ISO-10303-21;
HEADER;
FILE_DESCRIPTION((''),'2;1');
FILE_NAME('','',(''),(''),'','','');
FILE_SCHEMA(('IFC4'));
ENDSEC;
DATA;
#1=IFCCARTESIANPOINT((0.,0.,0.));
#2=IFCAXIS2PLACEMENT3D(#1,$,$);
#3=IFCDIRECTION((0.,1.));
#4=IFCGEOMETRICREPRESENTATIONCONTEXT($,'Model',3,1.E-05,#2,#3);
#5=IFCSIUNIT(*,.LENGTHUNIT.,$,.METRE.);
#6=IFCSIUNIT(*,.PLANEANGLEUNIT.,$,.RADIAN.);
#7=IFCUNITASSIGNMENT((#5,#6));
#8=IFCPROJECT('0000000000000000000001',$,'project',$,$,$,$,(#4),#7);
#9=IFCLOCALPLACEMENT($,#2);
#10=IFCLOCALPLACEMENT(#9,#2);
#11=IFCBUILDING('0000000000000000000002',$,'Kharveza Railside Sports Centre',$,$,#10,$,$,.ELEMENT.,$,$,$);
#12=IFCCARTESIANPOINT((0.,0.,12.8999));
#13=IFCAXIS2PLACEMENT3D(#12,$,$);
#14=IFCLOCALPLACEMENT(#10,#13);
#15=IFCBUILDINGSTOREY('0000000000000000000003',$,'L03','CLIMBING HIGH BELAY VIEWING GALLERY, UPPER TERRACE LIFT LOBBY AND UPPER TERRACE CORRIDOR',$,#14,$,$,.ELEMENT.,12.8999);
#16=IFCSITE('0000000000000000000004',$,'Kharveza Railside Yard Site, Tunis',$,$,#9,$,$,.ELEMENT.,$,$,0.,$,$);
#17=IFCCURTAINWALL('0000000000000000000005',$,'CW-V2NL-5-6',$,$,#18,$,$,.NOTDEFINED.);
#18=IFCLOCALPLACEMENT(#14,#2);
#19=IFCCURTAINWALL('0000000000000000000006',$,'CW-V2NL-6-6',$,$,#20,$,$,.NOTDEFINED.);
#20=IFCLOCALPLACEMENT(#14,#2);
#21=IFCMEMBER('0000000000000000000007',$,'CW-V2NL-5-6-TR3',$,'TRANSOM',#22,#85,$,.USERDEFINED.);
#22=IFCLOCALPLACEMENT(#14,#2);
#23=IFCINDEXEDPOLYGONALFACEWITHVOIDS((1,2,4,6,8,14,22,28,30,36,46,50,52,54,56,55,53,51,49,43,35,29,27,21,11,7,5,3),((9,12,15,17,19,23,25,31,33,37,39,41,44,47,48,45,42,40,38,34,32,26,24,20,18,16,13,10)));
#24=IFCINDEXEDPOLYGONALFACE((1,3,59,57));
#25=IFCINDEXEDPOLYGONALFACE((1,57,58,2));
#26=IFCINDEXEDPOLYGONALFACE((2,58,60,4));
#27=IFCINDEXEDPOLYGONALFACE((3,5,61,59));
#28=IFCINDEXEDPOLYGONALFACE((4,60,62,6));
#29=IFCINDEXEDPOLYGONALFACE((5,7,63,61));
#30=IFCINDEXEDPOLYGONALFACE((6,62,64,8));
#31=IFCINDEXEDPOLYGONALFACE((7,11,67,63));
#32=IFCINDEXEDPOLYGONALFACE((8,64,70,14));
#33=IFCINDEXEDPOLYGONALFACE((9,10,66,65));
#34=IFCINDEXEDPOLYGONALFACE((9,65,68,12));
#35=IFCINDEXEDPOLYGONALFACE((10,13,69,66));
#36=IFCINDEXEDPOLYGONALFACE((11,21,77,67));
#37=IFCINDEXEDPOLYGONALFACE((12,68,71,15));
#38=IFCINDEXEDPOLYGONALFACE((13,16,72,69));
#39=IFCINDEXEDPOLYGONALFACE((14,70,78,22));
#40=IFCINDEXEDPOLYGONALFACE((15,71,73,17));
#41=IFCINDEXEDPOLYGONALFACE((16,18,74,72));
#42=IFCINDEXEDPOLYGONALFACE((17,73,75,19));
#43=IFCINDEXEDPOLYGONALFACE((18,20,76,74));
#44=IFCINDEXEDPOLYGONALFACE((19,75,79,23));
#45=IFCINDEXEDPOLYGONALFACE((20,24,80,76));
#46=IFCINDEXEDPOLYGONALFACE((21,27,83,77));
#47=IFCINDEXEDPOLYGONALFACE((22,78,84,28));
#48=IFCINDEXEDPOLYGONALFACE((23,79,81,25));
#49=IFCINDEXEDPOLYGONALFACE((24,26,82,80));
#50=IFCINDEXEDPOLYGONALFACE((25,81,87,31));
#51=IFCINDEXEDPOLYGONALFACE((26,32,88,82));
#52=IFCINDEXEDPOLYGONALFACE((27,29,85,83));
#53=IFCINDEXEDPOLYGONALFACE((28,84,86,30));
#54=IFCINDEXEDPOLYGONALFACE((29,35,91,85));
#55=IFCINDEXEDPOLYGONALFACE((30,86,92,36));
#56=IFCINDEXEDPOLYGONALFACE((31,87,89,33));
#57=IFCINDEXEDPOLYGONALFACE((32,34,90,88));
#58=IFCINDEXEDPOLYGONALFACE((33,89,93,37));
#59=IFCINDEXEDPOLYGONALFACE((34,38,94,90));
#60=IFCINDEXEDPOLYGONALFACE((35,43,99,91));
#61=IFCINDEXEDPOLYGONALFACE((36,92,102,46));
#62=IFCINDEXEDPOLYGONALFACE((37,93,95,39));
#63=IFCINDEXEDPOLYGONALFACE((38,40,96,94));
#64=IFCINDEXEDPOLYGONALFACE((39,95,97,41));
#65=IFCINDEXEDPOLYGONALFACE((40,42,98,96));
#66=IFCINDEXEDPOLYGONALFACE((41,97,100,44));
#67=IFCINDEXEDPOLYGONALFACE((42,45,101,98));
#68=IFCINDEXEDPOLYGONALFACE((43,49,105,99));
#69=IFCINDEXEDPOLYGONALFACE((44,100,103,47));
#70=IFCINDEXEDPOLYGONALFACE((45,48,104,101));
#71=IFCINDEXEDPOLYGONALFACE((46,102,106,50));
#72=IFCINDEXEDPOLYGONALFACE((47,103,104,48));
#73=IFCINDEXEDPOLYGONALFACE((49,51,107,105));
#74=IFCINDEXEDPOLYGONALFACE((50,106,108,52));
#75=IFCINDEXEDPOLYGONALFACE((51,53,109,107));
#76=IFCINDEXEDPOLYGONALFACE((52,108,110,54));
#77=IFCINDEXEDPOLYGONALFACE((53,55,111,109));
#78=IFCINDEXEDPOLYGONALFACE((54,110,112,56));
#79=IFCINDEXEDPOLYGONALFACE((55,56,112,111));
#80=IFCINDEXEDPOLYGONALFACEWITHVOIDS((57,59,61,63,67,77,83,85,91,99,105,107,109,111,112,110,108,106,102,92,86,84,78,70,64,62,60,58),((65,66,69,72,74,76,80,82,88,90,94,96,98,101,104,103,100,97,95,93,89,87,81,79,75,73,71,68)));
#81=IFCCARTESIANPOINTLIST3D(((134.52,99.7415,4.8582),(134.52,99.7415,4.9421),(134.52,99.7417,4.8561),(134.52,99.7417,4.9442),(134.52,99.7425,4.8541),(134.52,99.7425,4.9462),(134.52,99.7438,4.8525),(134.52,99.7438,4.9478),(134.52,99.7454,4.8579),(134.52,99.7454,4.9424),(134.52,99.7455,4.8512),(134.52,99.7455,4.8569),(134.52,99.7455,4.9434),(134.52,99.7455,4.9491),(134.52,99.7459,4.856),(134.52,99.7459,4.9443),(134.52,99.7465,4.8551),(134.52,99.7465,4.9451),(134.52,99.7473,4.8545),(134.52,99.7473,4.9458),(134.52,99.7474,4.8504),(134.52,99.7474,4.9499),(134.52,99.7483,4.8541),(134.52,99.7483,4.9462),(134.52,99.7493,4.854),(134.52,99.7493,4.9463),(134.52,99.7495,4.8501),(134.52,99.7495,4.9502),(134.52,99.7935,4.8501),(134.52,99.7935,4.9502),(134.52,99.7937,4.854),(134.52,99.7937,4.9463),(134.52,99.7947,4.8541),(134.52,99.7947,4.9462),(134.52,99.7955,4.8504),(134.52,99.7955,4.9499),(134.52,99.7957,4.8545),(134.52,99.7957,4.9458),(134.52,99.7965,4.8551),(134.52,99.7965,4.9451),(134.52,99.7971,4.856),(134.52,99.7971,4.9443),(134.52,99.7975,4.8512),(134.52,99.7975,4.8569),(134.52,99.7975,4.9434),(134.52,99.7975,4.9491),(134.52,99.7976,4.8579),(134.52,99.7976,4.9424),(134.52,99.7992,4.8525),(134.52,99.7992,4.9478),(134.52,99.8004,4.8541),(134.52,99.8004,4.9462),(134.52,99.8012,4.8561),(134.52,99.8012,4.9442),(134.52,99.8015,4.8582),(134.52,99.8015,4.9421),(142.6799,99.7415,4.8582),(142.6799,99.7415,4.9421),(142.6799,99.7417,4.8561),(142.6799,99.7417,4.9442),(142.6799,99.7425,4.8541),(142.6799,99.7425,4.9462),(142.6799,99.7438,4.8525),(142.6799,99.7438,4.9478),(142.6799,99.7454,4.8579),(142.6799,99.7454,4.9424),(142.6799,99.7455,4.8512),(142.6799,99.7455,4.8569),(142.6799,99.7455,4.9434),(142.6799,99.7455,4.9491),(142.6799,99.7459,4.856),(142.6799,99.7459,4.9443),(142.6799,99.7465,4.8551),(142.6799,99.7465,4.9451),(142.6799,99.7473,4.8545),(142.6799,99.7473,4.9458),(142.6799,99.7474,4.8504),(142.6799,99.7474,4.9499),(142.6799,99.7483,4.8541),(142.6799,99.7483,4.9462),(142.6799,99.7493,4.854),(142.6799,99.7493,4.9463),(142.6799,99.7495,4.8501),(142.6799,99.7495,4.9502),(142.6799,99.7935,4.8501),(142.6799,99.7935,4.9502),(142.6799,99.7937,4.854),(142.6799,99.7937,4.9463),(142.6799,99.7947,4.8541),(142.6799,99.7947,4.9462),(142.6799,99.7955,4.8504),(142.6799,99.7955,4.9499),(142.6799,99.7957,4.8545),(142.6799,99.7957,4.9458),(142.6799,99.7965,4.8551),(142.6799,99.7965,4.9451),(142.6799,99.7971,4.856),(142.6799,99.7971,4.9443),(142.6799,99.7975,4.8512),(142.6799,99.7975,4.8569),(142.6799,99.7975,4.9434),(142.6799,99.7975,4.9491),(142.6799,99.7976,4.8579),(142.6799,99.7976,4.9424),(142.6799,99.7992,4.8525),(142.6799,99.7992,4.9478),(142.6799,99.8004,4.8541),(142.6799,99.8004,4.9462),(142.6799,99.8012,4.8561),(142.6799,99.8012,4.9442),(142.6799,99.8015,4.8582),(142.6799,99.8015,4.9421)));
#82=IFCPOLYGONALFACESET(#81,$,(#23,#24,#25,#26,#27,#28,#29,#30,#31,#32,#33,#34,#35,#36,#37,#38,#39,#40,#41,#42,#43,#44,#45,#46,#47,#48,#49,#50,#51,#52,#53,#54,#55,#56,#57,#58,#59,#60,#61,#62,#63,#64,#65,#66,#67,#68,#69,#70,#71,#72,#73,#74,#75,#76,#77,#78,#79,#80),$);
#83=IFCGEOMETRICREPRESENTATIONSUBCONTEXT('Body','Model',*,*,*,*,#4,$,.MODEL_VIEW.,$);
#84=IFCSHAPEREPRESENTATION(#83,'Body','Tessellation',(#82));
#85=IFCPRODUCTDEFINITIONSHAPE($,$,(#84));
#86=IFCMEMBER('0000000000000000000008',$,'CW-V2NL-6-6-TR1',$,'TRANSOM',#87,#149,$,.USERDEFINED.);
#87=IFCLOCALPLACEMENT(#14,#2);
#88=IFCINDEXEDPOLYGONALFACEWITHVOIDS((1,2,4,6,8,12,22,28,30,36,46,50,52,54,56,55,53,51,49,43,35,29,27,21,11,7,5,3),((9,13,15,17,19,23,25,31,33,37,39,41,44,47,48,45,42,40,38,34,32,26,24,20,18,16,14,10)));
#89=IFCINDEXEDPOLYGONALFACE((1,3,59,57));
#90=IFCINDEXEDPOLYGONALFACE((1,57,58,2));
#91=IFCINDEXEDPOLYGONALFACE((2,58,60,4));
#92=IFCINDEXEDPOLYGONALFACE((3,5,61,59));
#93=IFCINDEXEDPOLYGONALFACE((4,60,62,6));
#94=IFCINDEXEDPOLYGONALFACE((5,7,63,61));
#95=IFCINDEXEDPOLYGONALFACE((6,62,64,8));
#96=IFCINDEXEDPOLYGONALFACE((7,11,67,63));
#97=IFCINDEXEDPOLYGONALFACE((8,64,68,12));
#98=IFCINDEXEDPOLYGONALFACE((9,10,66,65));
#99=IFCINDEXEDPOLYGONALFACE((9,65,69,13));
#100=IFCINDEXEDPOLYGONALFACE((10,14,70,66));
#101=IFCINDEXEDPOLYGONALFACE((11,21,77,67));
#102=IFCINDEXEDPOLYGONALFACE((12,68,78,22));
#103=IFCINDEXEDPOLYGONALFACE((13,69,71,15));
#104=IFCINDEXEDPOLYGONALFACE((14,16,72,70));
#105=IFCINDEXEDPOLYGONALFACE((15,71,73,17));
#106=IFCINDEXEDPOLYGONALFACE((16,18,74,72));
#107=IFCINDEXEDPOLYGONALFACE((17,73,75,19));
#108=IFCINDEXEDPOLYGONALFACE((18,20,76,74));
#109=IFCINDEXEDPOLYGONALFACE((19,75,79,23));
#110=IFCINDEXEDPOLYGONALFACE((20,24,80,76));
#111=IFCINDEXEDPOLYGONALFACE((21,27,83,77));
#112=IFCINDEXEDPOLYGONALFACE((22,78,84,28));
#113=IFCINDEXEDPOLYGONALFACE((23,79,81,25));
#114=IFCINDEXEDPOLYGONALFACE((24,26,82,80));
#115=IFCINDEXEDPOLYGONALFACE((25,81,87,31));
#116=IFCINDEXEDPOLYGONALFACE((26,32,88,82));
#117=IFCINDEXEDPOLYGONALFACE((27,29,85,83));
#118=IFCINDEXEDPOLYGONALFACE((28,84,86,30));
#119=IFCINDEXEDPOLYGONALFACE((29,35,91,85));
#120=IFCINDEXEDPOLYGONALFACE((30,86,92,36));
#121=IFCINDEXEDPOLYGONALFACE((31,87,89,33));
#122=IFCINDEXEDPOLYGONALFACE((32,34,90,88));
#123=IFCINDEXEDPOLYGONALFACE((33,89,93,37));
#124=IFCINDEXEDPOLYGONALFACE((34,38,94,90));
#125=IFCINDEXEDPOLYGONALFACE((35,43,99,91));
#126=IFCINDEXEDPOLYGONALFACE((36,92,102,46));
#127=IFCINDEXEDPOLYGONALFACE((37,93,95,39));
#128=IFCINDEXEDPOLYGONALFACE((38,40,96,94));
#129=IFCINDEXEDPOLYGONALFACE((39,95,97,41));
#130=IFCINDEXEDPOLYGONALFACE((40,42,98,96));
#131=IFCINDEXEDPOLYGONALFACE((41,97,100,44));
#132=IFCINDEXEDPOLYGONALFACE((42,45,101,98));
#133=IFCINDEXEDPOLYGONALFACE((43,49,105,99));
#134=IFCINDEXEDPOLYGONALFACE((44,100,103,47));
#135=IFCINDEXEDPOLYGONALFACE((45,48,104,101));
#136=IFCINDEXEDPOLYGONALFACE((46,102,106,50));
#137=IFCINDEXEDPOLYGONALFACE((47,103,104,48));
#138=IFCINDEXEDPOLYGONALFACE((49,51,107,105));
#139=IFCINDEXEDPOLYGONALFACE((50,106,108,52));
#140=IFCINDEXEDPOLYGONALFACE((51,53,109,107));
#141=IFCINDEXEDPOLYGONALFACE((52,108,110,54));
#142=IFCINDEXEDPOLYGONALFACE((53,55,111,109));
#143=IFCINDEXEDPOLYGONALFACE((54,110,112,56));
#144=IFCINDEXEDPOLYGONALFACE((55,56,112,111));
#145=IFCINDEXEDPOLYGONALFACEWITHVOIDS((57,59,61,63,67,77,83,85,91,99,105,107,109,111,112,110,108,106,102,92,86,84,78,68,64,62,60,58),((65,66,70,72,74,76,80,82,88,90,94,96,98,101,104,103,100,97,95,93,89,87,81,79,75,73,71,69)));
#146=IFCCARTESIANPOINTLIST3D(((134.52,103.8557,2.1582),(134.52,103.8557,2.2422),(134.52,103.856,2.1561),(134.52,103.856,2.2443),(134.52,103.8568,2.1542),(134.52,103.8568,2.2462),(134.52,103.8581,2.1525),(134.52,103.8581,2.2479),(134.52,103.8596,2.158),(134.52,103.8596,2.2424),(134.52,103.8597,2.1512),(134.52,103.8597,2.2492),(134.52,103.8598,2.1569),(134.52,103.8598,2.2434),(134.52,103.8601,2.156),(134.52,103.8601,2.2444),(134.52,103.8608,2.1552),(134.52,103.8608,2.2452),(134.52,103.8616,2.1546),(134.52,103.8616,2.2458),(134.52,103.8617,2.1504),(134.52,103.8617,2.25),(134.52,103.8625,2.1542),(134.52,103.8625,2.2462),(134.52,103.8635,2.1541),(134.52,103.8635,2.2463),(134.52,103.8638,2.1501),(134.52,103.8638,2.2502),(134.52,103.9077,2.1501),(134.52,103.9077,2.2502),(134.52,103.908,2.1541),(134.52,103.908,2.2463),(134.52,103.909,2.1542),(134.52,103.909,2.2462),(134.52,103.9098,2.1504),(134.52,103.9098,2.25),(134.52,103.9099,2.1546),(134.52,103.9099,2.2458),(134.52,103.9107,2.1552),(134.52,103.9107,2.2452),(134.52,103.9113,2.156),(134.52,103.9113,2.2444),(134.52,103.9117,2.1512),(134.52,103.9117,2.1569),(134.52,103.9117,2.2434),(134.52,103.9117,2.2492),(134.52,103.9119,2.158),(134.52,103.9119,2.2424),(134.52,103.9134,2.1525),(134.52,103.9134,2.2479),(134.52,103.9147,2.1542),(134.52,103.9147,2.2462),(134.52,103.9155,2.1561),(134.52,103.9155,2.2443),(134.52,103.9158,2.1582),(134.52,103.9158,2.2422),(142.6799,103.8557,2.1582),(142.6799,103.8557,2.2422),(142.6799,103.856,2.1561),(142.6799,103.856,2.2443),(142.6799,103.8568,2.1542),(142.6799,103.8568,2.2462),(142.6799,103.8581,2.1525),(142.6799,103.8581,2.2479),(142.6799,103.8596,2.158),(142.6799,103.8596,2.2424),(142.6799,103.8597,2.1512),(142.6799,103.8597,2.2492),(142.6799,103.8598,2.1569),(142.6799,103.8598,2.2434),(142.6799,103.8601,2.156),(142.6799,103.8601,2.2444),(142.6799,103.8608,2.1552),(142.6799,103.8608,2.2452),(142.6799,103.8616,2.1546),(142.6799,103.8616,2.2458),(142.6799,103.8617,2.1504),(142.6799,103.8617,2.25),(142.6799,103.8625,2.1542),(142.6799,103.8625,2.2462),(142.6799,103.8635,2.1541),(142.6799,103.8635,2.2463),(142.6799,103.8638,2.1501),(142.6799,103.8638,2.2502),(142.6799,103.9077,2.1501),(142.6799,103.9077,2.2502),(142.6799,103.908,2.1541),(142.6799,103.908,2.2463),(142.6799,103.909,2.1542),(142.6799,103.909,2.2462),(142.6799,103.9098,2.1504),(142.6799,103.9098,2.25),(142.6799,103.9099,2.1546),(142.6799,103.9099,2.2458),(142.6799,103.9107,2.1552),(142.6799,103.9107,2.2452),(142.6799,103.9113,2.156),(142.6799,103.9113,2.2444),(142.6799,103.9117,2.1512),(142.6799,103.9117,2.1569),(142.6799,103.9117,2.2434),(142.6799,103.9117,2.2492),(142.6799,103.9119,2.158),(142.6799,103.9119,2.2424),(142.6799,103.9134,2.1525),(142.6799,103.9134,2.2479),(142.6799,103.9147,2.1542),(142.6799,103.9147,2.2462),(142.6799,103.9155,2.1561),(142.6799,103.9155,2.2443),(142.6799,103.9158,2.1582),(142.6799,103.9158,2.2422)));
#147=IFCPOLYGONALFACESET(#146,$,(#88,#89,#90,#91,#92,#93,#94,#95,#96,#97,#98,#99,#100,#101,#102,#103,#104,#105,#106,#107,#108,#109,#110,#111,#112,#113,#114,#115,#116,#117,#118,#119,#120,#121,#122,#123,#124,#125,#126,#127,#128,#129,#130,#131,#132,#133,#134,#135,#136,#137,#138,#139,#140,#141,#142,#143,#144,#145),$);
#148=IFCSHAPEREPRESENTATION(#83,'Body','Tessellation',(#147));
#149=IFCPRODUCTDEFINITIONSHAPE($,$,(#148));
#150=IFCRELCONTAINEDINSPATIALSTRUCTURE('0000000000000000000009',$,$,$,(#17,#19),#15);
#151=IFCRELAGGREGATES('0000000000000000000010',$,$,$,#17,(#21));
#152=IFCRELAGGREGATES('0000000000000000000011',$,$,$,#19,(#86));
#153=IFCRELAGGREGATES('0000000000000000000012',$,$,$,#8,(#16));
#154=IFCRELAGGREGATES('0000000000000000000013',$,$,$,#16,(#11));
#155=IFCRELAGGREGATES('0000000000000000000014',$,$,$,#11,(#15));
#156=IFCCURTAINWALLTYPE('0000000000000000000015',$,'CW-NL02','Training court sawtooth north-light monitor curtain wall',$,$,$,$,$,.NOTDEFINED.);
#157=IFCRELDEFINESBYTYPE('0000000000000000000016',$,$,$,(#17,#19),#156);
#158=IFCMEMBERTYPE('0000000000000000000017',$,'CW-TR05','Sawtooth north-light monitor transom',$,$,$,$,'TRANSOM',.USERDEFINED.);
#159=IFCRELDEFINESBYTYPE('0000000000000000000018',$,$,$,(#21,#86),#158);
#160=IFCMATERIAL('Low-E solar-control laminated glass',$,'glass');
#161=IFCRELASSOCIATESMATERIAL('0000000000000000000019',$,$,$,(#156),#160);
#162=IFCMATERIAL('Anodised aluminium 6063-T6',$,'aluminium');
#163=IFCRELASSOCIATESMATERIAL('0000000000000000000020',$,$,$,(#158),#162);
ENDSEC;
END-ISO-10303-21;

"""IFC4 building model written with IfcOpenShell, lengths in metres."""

from ifc_helpers import new_model, si_unit, direction, frame, origin, origin_2d, place, context, subcontext, project, spatial, hollow_rectangle, extrude, material, material_profile, profile_set, type_object, element, aggregate, save


model = new_model("IFC4")

# Units and contexts
model_context = context("Model", 3, precision=1e-05, world=origin(), true_north=direction((0.0, 1.0)))
body_context = subcontext(model_context, "Body", "Model", "MODEL_VIEW")
ifc_project = project(units=[si_unit("LENGTHUNIT", "METRE"), si_unit("PLANEANGLEUNIT", "RADIAN")], contexts=[model_context])

# Site, building, storey
site_placement = place(None, origin())
site = spatial("IfcSite", under=ifc_project, at=site_placement, Name="Kharveza Railside Yard Site, Tunis", CompositionType="ELEMENT", RefElevation=0.0)
building_placement = place(site_placement, origin())
building = spatial("IfcBuilding", under=site, at=building_placement, Name="Kharveza Railside Sports Centre", CompositionType="ELEMENT")
storey_placement = place(building_placement, frame((0.0, 0.0, 12.8999)))
storey = spatial("IfcBuildingStorey", under=building, at=storey_placement, Name="L03", Description="CLIMBING HIGH BELAY VIEWING GALLERY, UPPER TERRACE LIFT LOBBY AND UPPER TERRACE CORRIDOR", CompositionType="ELEMENT", Elevation=12.8999)

# Curtain walls
ifc_material_1 = material(Name="Low-E solar-control laminated glass", Category="glass")
curtain_wall_type = type_object("IfcCurtainWallType", Name="CW-NL02", Description="Training court sawtooth north-light monitor curtain wall", PredefinedType="NOTDEFINED", material=ifc_material_1)
curtain_wall_1_placement = place(storey_placement, origin())
curtain_wall_1 = element("IfcCurtainWall", 1, at=curtain_wall_1_placement, inside=storey, type_object=curtain_wall_type, Name="CW-V2NL-5-6", PredefinedType="NOTDEFINED")
ifc_material_2 = material(Name="Anodised aluminium 6063-T6", Category="aluminium")
curtain_wall_2_placement = place(storey_placement, origin())
curtain_wall_2 = element("IfcCurtainWall", 2, at=curtain_wall_2_placement, inside=storey, type_object=curtain_wall_type, Name="CW-V2NL-6-6", PredefinedType="NOTDEFINED")

# Members
ifc_material_profile_1 = material_profile(ifc_material_2, hollow_rectangle(XDim=0.0601, YDim=0.1001, WallThickness=0.0039, InnerFilletRadius=0.0039, OuterFilletRadius=0.0081, at=origin_2d()), Name="RHS 60x100x4.0")
ifc_profile_set_1 = profile_set([ifc_material_profile_1], Name="Anodised aluminium 6063-T6")
member_type_1 = type_object("IfcMemberType", Name="CW-TR05", Description="Sawtooth north-light monitor transom", ElementType="TRANSOM", PredefinedType="USERDEFINED", material=ifc_profile_set_1)
member_1_placement = place(storey_placement, frame((134.52, 99.7715, 4.9001), z_axis=(1.0, 0.0, 0.0), x_axis=(0.0, 1.0, 0.0)))
member_1 = element("IfcMember", 3, at=member_1_placement, type_object=member_type_1, Name="CW-V2NL-5-6-TR3", ObjectType="TRANSOM", PredefinedType="USERDEFINED", context=body_context, shape_type="SweptSolid", body=[
    extrude(hollow_rectangle(XDim=0.0601, YDim=0.1001, WallThickness=0.0039, InnerFilletRadius=0.0039, OuterFilletRadius=0.0081, at=origin_2d()), origin(), (0.0, 0.0, 1.0), 8.1599),
])
member_2_placement = place(storey_placement, frame((134.52, 103.8857, 2.2002), z_axis=(1.0, 0.0, 0.0), x_axis=(0.0, 1.0, 0.0)))
member_2 = element("IfcMember", 4, at=member_2_placement, type_object=member_type_1, Name="CW-V2NL-6-6-TR1", ObjectType="TRANSOM", PredefinedType="USERDEFINED", context=body_context, shape_type="SweptSolid", body=[
    extrude(hollow_rectangle(XDim=0.0601, YDim=0.1001, WallThickness=0.0039, InnerFilletRadius=0.0039, OuterFilletRadius=0.0081, at=origin_2d()), origin(), (0.0, 0.0, 1.0), 8.1599),
])

aggregate(curtain_wall_1, [member_1])
aggregate(curtain_wall_2, [member_2])

save(model, "model.ifc")
